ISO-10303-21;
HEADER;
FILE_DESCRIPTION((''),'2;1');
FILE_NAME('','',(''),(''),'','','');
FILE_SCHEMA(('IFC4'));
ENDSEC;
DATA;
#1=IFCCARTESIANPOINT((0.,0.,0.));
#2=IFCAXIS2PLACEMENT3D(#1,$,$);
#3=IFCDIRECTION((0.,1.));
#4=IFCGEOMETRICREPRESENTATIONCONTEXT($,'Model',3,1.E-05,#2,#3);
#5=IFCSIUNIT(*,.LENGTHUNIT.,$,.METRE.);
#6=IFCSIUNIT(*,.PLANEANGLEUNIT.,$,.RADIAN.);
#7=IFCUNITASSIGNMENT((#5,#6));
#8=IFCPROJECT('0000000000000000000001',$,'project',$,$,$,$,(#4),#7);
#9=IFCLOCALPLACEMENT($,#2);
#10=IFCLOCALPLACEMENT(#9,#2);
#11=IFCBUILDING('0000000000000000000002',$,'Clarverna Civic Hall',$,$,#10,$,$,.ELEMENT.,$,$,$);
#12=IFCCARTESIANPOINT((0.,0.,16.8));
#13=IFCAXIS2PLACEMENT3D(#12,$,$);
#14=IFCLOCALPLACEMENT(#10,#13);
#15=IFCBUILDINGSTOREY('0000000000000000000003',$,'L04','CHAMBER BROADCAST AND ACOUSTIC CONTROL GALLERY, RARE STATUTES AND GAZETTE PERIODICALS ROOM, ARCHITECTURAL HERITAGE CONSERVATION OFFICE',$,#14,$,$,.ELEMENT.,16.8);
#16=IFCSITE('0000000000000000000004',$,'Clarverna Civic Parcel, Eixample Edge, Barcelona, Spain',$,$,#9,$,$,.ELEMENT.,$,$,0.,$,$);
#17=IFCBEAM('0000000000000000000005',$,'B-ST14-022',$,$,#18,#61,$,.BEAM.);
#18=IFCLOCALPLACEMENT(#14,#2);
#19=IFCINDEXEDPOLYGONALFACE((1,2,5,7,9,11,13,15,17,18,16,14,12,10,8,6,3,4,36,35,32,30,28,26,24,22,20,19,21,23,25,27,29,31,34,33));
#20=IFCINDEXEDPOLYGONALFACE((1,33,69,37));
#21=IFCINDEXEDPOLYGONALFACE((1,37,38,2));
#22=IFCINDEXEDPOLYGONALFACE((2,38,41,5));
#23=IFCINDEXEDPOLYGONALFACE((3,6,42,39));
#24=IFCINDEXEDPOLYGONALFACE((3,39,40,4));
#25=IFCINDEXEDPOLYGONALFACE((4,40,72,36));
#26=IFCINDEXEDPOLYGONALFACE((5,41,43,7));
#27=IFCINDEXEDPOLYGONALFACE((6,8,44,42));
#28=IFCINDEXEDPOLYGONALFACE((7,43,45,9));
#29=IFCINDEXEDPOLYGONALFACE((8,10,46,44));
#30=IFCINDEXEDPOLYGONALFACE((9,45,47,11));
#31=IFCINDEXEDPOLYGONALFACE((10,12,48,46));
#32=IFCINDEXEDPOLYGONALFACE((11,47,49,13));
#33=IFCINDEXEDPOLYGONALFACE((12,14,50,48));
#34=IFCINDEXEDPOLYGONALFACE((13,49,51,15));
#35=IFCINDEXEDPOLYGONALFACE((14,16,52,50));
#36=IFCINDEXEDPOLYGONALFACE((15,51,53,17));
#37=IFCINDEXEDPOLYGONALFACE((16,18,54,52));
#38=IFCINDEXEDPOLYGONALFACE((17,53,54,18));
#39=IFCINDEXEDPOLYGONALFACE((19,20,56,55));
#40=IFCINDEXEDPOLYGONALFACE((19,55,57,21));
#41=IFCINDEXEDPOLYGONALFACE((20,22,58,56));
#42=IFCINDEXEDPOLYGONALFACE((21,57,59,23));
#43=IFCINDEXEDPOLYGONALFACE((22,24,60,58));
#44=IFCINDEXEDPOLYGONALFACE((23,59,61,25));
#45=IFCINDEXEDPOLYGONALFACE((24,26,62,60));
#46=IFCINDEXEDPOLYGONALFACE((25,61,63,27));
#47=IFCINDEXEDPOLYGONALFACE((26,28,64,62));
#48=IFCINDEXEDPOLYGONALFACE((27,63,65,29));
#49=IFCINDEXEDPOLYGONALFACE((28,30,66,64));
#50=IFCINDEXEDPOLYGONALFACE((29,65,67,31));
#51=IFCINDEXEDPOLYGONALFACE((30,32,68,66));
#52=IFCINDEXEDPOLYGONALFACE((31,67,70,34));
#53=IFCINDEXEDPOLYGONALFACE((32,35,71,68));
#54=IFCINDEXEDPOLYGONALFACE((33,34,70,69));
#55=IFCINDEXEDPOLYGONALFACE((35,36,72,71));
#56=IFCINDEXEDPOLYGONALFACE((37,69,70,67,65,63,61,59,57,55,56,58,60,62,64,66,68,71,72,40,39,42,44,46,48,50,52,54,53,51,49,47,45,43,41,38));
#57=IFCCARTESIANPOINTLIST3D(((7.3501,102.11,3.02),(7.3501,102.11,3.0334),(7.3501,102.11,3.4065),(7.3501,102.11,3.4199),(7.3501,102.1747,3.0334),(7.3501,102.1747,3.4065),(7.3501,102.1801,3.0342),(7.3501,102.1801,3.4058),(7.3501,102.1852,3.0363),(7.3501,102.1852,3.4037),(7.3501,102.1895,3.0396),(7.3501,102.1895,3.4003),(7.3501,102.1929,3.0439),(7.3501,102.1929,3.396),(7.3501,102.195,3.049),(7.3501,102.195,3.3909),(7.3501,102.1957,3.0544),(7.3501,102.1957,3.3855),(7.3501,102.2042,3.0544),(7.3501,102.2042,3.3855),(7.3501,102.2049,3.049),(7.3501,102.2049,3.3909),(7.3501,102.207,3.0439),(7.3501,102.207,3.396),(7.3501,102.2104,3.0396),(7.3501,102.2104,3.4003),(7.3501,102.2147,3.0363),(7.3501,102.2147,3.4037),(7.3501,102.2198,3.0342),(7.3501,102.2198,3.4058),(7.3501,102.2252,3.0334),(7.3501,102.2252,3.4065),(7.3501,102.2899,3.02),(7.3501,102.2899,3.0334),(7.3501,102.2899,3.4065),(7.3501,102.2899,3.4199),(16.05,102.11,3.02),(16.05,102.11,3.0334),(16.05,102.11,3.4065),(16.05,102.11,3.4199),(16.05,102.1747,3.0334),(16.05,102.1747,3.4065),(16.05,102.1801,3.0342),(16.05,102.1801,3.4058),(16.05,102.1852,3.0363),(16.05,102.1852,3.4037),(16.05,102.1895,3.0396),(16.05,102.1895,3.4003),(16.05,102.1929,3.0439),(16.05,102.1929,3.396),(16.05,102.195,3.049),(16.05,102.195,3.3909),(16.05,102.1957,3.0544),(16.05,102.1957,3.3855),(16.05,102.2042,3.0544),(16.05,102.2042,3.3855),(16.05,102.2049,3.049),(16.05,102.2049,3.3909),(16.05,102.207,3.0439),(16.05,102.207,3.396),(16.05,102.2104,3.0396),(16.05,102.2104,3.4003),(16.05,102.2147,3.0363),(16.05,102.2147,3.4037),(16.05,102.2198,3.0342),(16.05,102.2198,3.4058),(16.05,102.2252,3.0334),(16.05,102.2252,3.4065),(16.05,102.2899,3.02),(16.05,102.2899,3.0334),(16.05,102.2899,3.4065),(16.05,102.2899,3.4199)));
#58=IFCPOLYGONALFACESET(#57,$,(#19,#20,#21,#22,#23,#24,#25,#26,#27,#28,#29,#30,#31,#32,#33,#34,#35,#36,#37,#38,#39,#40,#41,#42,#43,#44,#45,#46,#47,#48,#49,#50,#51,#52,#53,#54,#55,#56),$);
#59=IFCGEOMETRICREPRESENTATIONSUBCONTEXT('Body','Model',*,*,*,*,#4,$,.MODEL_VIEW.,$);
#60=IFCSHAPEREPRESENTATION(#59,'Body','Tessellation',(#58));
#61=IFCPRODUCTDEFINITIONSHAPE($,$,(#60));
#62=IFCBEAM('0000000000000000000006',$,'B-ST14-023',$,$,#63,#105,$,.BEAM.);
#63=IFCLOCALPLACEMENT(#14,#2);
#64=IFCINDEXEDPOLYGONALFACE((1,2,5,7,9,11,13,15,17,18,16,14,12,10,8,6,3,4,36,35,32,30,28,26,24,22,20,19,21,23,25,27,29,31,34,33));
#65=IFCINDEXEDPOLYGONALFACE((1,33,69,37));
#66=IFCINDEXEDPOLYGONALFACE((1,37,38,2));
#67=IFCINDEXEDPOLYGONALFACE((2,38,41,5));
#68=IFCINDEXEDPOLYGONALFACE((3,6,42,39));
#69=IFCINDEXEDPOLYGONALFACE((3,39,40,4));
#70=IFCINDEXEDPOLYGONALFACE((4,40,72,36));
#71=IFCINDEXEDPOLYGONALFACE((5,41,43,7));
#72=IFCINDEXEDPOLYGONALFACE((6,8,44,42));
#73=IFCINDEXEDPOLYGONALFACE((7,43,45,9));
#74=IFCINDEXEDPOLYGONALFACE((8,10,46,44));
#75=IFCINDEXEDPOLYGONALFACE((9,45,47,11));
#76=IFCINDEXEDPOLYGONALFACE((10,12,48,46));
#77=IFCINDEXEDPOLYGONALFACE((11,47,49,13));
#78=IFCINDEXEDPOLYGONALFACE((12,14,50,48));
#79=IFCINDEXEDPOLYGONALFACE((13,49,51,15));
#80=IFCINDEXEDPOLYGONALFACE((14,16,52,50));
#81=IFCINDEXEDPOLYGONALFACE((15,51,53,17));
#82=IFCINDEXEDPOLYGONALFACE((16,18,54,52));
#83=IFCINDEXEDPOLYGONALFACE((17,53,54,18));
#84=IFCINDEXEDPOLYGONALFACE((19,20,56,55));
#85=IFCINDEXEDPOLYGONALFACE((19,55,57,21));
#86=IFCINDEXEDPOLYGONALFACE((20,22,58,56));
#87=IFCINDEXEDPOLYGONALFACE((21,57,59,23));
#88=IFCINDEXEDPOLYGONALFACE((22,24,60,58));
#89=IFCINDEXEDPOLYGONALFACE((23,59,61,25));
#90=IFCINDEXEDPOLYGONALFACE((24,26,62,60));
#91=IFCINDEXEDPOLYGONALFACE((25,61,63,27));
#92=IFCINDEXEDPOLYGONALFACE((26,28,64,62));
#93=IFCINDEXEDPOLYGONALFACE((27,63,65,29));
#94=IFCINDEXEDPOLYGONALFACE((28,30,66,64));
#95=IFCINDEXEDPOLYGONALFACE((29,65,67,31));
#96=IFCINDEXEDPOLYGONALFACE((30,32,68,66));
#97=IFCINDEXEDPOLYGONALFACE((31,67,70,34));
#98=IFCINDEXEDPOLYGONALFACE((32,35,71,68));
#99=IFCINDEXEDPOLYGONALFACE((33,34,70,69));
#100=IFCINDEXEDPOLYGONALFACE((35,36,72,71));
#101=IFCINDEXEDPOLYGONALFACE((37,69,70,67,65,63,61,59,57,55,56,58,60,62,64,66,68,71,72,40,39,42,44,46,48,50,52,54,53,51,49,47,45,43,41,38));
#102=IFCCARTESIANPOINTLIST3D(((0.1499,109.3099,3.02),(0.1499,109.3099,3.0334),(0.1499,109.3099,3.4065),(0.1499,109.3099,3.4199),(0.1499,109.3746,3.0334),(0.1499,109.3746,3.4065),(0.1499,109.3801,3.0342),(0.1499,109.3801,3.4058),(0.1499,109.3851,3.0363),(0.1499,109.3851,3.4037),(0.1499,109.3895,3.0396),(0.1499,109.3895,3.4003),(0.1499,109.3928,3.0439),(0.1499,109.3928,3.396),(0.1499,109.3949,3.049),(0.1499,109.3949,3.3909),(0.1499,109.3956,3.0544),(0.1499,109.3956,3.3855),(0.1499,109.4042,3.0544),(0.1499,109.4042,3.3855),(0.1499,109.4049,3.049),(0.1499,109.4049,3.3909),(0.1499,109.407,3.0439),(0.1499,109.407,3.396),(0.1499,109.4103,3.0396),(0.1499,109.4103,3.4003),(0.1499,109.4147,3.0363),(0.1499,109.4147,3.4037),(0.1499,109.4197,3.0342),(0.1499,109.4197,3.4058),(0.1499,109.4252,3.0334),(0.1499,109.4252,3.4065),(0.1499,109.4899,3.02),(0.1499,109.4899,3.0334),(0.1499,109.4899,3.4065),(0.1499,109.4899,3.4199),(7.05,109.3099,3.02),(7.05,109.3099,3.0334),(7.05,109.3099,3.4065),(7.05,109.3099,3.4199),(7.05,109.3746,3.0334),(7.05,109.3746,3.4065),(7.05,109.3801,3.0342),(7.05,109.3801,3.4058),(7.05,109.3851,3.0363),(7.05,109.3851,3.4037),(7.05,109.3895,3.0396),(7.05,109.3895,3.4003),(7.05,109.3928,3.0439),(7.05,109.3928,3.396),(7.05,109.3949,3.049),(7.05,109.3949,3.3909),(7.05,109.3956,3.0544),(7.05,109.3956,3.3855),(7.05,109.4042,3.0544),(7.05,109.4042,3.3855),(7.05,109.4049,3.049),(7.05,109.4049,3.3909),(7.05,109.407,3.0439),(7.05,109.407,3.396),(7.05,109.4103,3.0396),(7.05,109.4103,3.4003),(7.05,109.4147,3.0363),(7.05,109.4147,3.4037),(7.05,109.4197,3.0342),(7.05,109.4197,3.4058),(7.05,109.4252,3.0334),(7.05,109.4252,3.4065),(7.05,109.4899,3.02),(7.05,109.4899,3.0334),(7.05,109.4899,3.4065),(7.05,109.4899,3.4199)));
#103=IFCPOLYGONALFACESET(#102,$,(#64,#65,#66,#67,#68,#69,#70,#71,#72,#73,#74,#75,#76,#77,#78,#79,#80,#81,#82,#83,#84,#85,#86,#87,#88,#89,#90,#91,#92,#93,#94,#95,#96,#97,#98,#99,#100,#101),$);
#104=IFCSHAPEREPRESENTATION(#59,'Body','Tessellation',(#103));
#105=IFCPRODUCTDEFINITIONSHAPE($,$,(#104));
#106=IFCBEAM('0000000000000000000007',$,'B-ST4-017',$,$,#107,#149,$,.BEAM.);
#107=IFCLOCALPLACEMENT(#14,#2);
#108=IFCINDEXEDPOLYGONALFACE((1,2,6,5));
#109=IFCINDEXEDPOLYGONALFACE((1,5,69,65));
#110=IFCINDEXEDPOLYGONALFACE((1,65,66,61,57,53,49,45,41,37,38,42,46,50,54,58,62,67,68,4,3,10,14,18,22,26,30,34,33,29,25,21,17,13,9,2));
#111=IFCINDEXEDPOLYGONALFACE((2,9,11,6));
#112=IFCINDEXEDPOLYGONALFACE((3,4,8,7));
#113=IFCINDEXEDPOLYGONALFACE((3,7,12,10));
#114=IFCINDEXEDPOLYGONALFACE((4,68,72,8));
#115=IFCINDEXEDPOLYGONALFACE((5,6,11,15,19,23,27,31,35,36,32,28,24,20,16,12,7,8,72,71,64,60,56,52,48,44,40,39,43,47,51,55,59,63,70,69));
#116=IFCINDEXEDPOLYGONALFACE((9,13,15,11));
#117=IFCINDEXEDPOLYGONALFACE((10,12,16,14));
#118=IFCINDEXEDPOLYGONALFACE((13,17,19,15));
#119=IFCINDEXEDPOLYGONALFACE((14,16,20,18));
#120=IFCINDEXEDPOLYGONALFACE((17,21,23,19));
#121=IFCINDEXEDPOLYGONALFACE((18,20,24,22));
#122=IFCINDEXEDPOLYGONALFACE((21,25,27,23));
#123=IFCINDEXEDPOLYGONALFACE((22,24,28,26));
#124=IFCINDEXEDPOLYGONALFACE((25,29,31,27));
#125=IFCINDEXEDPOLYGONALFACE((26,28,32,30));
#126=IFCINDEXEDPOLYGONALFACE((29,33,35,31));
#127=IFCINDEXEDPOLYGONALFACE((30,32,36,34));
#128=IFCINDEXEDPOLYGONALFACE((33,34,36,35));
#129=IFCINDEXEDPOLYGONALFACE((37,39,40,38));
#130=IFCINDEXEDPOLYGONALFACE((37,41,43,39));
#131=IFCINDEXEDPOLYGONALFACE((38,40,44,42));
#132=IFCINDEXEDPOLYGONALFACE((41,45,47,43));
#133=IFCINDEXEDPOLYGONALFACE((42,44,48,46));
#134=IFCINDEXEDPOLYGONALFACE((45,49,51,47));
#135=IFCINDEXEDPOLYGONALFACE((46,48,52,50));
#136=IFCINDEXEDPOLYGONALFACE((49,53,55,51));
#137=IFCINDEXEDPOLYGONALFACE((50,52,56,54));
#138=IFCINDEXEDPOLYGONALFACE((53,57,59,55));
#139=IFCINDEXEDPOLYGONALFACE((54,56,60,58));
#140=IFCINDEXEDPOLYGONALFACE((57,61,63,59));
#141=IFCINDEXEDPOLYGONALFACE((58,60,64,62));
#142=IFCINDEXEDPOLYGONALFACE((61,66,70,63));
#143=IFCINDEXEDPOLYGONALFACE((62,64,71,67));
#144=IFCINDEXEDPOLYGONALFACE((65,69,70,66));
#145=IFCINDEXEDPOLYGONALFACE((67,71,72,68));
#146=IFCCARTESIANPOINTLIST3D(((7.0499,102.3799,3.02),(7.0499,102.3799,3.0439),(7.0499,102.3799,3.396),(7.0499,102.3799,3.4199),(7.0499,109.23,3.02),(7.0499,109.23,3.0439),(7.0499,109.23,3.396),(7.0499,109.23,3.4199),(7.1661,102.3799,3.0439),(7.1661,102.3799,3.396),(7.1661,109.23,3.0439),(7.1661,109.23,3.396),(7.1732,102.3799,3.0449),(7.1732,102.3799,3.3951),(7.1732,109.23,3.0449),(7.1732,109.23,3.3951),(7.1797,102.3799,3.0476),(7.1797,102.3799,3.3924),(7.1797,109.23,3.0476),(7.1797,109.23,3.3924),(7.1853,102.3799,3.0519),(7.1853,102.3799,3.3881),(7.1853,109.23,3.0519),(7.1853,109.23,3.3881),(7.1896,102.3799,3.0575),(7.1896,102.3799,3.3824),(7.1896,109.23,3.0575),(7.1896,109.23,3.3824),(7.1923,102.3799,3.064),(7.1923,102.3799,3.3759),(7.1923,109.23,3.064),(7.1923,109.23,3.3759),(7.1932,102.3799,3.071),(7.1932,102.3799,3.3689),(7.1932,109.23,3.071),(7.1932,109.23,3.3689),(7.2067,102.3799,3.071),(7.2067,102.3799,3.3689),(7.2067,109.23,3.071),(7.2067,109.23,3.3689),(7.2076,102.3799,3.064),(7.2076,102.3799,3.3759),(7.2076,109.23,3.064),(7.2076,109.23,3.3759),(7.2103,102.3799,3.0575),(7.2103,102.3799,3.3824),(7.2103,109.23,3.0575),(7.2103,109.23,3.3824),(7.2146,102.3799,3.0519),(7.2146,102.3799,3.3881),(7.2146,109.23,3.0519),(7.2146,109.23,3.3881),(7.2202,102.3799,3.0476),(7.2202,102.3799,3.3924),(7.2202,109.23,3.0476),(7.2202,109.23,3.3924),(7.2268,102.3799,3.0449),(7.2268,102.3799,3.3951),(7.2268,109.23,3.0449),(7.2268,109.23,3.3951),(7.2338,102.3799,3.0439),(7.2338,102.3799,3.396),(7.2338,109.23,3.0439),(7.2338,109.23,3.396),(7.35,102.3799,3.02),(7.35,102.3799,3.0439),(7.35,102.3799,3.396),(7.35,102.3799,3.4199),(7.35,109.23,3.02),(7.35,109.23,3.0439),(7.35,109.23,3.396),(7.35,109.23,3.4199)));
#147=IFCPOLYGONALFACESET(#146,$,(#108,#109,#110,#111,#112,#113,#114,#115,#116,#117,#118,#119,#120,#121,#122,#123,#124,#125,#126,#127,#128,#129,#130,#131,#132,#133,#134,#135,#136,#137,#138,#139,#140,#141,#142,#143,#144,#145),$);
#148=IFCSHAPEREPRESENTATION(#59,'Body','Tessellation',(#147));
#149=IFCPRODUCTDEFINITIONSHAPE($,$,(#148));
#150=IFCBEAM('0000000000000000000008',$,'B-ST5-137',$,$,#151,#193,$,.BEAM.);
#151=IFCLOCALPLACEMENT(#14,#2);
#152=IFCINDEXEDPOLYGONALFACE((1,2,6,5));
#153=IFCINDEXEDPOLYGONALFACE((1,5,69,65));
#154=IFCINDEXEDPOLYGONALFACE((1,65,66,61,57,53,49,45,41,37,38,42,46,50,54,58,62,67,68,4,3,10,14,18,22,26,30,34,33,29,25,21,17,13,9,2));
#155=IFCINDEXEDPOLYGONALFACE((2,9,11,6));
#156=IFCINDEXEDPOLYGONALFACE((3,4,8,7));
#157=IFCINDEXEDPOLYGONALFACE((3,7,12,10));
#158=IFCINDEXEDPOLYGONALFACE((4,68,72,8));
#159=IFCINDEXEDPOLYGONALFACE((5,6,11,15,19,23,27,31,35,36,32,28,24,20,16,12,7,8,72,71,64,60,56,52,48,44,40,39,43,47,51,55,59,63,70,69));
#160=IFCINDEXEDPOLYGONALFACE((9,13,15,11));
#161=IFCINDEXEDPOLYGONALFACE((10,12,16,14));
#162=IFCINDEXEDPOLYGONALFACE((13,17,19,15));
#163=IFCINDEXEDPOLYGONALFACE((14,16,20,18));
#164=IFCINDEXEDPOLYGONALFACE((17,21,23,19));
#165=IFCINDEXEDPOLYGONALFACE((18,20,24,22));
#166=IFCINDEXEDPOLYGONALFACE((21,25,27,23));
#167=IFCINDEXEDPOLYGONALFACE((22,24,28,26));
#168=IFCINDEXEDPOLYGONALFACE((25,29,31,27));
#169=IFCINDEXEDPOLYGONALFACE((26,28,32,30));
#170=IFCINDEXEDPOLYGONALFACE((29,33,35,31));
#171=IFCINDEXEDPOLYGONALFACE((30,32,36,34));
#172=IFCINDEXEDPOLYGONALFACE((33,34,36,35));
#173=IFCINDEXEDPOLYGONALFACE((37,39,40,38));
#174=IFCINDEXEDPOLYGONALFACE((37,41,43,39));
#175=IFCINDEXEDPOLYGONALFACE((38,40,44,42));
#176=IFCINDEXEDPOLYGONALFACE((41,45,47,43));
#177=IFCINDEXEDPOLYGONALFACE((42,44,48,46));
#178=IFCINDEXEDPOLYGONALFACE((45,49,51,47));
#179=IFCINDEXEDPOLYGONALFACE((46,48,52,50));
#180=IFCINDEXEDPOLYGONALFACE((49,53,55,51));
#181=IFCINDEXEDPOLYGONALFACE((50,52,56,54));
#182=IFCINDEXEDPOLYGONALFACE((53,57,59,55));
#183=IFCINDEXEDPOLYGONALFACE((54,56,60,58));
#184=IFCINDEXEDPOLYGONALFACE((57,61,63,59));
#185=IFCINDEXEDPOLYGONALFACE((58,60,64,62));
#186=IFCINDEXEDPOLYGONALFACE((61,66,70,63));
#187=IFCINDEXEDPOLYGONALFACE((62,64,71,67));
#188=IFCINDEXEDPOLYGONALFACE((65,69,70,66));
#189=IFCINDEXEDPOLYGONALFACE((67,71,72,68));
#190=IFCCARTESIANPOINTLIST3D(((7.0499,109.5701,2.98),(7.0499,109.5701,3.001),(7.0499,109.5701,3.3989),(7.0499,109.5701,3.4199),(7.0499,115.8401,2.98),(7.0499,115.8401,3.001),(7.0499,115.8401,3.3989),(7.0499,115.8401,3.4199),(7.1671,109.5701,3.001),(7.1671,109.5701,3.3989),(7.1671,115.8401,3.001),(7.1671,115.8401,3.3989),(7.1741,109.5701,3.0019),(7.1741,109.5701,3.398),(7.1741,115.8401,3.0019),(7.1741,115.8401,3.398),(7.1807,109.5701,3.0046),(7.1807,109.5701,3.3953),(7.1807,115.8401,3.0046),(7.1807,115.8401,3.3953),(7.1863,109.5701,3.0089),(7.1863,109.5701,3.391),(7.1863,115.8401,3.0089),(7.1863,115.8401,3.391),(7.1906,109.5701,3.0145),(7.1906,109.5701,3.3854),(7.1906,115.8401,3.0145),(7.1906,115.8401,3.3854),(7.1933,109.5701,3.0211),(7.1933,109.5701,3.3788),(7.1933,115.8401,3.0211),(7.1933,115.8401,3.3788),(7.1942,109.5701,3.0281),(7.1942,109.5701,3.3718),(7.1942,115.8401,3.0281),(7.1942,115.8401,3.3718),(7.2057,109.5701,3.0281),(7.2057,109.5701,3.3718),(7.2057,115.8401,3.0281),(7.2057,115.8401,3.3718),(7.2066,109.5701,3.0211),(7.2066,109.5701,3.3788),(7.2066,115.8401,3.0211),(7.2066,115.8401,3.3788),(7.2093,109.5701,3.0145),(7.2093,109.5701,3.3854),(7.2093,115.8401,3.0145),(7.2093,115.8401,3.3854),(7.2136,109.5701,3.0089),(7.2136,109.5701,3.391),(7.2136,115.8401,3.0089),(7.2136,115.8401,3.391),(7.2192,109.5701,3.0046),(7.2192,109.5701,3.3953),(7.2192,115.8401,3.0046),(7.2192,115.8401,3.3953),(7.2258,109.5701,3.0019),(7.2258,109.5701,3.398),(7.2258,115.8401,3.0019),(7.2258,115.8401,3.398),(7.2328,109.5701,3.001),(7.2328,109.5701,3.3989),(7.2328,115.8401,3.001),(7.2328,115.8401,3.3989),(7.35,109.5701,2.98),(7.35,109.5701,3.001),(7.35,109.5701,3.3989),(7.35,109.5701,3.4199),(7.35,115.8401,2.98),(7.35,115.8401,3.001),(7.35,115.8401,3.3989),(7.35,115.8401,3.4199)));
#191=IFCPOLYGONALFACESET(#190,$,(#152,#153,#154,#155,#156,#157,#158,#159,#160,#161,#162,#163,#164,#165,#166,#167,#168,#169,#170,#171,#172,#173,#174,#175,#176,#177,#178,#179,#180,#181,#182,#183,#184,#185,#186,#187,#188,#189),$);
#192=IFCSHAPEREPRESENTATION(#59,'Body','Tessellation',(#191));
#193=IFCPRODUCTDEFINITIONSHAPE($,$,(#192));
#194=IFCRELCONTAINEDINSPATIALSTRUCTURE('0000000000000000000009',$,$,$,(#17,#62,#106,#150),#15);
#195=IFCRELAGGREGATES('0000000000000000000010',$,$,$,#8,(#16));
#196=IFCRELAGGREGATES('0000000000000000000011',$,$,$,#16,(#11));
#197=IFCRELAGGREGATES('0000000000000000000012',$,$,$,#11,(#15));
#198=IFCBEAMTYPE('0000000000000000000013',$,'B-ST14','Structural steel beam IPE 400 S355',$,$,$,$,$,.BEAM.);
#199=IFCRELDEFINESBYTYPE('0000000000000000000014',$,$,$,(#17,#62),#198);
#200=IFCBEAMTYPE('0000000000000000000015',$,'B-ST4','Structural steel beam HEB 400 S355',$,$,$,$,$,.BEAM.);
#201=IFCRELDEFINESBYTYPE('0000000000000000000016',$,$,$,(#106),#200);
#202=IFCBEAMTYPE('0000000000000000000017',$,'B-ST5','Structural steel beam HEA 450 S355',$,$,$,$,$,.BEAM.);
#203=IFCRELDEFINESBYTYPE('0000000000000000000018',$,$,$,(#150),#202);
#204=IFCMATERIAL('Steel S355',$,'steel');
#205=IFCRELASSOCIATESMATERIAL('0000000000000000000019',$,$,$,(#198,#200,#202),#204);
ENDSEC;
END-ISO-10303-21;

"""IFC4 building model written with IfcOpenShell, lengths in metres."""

from ifc_helpers import new_model, si_unit, direction, frame, origin, origin_2d, place, context, subcontext, project, spatial, i_section, extrude, material, material_profile, profile_set, type_object, element, save


model = new_model("IFC4")

# Units and contexts
model_context = context("Model", 3, precision=1e-05, world=origin(), true_north=direction((0.0, 1.0)))
body_context = subcontext(model_context, "Body", "Model", "MODEL_VIEW")
ifc_project = project(units=[si_unit("LENGTHUNIT", "METRE"), si_unit("PLANEANGLEUNIT", "RADIAN")], contexts=[model_context])

# Site, building, storey
site_placement = place(None, origin())
site = spatial("IfcSite", under=ifc_project, at=site_placement, Name="Clarverna Civic Parcel, Eixample Edge, Barcelona, Spain", CompositionType="ELEMENT", RefElevation=0.0)
building_placement = place(site_placement, origin())
building = spatial("IfcBuilding", under=site, at=building_placement, Name="Clarverna Civic Hall", CompositionType="ELEMENT")
storey_placement = place(building_placement, frame((0.0, 0.0, 16.8)))
storey = spatial("IfcBuildingStorey", under=building, at=storey_placement, Name="L04", Description="CHAMBER BROADCAST AND ACOUSTIC CONTROL GALLERY, RARE STATUTES AND GAZETTE PERIODICALS ROOM, ARCHITECTURAL HERITAGE CONSERVATION OFFICE", CompositionType="ELEMENT", Elevation=16.8)

# Shared definitions
ifc_material_1 = material(Name="Steel S355", Category="steel")

# Beams
ifc_material_profile_1 = material_profile(ifc_material_1, i_section(OverallWidth=0.1799, OverallDepth=0.3999, WebThickness=0.0085, FlangeThickness=0.0134, FilletRadius=0.021, at=origin_2d()), Name="IPE 400")
ifc_profile_set_1 = profile_set([ifc_material_profile_1], Name="Steel S355")
beam_type_1 = type_object("IfcBeamType", Name="B-ST14", Description="Structural steel beam IPE 400 S355", PredefinedType="BEAM", material=ifc_profile_set_1)
beam_1_placement = place(storey_placement, frame((7.3501, 102.2, 3.22), z_axis=(1.0, 0.0, 0.0), x_axis=(0.0, 1.0, 0.0)))
element("IfcBeam", 1, at=beam_1_placement, inside=storey, type_object=beam_type_1, Name="B-ST14-022", PredefinedType="BEAM", context=body_context, shape_type="SweptSolid", body=[
    extrude(i_section(OverallWidth=0.1799, OverallDepth=0.3999, WebThickness=0.0085, FlangeThickness=0.0134, FilletRadius=0.021, at=origin_2d()), origin(), (0.0, 0.0, 1.0), 8.7),
])
beam_2_placement = place(storey_placement, frame((0.1499, 109.3999, 3.22), z_axis=(1.0, 0.0, 0.0), x_axis=(0.0, 1.0, 0.0)))
element("IfcBeam", 2, at=beam_2_placement, inside=storey, type_object=beam_type_1, Name="B-ST14-023", PredefinedType="BEAM", context=body_context, shape_type="SweptSolid", body=[
    extrude(i_section(OverallWidth=0.1799, OverallDepth=0.3999, WebThickness=0.0085, FlangeThickness=0.0134, FilletRadius=0.021, at=origin_2d()), origin(), (0.0, 0.0, 1.0), 6.9001),
])
ifc_material_profile_2 = material_profile(ifc_material_1, i_section(OverallWidth=0.3, OverallDepth=0.3999, WebThickness=0.0134, FlangeThickness=0.0239, FilletRadius=0.0271, at=origin_2d()), Name="HEB 400")
ifc_profile_set_2 = profile_set([ifc_material_profile_2], Name="Steel S355")
beam_type_2 = type_object("IfcBeamType", Name="B-ST4", Description="Structural steel beam HEB 400 S355", PredefinedType="BEAM", material=ifc_profile_set_2)
beam_3_placement = place(storey_placement, frame((7.2, 102.3799, 3.22), z_axis=(0.0, 1.0, 0.0), x_axis=(-1.0, 0.0, 0.0)))
element("IfcBeam", 3, at=beam_3_placement, inside=storey, type_object=beam_type_2, Name="B-ST4-017", PredefinedType="BEAM", context=body_context, shape_type="SweptSolid", body=[
    extrude(i_section(OverallWidth=0.3, OverallDepth=0.3999, WebThickness=0.0134, FlangeThickness=0.0239, FilletRadius=0.0271, at=origin_2d()), origin(), (0.0, 0.0, 1.0), 6.8501),
])
ifc_material_profile_3 = material_profile(ifc_material_1, i_section(OverallWidth=0.3, OverallDepth=0.4399, WebThickness=0.0115, FlangeThickness=0.021, FilletRadius=0.0271, at=origin_2d()), Name="HEA 450")
ifc_profile_set_3 = profile_set([ifc_material_profile_3], Name="Steel S355")
beam_type_3 = type_object("IfcBeamType", Name="B-ST5", Description="Structural steel beam HEA 450 S355", PredefinedType="BEAM", material=ifc_profile_set_3)
beam_4_placement = place(storey_placement, frame((7.2, 109.5701, 3.2), z_axis=(0.0, 1.0, 0.0), x_axis=(-1.0, 0.0, 0.0)))
element("IfcBeam", 4, at=beam_4_placement, inside=storey, type_object=beam_type_3, Name="B-ST5-137", PredefinedType="BEAM", context=body_context, shape_type="SweptSolid", body=[
    extrude(i_section(OverallWidth=0.3, OverallDepth=0.4399, WebThickness=0.0115, FlangeThickness=0.021, FilletRadius=0.0271, at=origin_2d()), origin(), (0.0, 0.0, 1.0), 6.27),
])

save(model, "model.ifc")
